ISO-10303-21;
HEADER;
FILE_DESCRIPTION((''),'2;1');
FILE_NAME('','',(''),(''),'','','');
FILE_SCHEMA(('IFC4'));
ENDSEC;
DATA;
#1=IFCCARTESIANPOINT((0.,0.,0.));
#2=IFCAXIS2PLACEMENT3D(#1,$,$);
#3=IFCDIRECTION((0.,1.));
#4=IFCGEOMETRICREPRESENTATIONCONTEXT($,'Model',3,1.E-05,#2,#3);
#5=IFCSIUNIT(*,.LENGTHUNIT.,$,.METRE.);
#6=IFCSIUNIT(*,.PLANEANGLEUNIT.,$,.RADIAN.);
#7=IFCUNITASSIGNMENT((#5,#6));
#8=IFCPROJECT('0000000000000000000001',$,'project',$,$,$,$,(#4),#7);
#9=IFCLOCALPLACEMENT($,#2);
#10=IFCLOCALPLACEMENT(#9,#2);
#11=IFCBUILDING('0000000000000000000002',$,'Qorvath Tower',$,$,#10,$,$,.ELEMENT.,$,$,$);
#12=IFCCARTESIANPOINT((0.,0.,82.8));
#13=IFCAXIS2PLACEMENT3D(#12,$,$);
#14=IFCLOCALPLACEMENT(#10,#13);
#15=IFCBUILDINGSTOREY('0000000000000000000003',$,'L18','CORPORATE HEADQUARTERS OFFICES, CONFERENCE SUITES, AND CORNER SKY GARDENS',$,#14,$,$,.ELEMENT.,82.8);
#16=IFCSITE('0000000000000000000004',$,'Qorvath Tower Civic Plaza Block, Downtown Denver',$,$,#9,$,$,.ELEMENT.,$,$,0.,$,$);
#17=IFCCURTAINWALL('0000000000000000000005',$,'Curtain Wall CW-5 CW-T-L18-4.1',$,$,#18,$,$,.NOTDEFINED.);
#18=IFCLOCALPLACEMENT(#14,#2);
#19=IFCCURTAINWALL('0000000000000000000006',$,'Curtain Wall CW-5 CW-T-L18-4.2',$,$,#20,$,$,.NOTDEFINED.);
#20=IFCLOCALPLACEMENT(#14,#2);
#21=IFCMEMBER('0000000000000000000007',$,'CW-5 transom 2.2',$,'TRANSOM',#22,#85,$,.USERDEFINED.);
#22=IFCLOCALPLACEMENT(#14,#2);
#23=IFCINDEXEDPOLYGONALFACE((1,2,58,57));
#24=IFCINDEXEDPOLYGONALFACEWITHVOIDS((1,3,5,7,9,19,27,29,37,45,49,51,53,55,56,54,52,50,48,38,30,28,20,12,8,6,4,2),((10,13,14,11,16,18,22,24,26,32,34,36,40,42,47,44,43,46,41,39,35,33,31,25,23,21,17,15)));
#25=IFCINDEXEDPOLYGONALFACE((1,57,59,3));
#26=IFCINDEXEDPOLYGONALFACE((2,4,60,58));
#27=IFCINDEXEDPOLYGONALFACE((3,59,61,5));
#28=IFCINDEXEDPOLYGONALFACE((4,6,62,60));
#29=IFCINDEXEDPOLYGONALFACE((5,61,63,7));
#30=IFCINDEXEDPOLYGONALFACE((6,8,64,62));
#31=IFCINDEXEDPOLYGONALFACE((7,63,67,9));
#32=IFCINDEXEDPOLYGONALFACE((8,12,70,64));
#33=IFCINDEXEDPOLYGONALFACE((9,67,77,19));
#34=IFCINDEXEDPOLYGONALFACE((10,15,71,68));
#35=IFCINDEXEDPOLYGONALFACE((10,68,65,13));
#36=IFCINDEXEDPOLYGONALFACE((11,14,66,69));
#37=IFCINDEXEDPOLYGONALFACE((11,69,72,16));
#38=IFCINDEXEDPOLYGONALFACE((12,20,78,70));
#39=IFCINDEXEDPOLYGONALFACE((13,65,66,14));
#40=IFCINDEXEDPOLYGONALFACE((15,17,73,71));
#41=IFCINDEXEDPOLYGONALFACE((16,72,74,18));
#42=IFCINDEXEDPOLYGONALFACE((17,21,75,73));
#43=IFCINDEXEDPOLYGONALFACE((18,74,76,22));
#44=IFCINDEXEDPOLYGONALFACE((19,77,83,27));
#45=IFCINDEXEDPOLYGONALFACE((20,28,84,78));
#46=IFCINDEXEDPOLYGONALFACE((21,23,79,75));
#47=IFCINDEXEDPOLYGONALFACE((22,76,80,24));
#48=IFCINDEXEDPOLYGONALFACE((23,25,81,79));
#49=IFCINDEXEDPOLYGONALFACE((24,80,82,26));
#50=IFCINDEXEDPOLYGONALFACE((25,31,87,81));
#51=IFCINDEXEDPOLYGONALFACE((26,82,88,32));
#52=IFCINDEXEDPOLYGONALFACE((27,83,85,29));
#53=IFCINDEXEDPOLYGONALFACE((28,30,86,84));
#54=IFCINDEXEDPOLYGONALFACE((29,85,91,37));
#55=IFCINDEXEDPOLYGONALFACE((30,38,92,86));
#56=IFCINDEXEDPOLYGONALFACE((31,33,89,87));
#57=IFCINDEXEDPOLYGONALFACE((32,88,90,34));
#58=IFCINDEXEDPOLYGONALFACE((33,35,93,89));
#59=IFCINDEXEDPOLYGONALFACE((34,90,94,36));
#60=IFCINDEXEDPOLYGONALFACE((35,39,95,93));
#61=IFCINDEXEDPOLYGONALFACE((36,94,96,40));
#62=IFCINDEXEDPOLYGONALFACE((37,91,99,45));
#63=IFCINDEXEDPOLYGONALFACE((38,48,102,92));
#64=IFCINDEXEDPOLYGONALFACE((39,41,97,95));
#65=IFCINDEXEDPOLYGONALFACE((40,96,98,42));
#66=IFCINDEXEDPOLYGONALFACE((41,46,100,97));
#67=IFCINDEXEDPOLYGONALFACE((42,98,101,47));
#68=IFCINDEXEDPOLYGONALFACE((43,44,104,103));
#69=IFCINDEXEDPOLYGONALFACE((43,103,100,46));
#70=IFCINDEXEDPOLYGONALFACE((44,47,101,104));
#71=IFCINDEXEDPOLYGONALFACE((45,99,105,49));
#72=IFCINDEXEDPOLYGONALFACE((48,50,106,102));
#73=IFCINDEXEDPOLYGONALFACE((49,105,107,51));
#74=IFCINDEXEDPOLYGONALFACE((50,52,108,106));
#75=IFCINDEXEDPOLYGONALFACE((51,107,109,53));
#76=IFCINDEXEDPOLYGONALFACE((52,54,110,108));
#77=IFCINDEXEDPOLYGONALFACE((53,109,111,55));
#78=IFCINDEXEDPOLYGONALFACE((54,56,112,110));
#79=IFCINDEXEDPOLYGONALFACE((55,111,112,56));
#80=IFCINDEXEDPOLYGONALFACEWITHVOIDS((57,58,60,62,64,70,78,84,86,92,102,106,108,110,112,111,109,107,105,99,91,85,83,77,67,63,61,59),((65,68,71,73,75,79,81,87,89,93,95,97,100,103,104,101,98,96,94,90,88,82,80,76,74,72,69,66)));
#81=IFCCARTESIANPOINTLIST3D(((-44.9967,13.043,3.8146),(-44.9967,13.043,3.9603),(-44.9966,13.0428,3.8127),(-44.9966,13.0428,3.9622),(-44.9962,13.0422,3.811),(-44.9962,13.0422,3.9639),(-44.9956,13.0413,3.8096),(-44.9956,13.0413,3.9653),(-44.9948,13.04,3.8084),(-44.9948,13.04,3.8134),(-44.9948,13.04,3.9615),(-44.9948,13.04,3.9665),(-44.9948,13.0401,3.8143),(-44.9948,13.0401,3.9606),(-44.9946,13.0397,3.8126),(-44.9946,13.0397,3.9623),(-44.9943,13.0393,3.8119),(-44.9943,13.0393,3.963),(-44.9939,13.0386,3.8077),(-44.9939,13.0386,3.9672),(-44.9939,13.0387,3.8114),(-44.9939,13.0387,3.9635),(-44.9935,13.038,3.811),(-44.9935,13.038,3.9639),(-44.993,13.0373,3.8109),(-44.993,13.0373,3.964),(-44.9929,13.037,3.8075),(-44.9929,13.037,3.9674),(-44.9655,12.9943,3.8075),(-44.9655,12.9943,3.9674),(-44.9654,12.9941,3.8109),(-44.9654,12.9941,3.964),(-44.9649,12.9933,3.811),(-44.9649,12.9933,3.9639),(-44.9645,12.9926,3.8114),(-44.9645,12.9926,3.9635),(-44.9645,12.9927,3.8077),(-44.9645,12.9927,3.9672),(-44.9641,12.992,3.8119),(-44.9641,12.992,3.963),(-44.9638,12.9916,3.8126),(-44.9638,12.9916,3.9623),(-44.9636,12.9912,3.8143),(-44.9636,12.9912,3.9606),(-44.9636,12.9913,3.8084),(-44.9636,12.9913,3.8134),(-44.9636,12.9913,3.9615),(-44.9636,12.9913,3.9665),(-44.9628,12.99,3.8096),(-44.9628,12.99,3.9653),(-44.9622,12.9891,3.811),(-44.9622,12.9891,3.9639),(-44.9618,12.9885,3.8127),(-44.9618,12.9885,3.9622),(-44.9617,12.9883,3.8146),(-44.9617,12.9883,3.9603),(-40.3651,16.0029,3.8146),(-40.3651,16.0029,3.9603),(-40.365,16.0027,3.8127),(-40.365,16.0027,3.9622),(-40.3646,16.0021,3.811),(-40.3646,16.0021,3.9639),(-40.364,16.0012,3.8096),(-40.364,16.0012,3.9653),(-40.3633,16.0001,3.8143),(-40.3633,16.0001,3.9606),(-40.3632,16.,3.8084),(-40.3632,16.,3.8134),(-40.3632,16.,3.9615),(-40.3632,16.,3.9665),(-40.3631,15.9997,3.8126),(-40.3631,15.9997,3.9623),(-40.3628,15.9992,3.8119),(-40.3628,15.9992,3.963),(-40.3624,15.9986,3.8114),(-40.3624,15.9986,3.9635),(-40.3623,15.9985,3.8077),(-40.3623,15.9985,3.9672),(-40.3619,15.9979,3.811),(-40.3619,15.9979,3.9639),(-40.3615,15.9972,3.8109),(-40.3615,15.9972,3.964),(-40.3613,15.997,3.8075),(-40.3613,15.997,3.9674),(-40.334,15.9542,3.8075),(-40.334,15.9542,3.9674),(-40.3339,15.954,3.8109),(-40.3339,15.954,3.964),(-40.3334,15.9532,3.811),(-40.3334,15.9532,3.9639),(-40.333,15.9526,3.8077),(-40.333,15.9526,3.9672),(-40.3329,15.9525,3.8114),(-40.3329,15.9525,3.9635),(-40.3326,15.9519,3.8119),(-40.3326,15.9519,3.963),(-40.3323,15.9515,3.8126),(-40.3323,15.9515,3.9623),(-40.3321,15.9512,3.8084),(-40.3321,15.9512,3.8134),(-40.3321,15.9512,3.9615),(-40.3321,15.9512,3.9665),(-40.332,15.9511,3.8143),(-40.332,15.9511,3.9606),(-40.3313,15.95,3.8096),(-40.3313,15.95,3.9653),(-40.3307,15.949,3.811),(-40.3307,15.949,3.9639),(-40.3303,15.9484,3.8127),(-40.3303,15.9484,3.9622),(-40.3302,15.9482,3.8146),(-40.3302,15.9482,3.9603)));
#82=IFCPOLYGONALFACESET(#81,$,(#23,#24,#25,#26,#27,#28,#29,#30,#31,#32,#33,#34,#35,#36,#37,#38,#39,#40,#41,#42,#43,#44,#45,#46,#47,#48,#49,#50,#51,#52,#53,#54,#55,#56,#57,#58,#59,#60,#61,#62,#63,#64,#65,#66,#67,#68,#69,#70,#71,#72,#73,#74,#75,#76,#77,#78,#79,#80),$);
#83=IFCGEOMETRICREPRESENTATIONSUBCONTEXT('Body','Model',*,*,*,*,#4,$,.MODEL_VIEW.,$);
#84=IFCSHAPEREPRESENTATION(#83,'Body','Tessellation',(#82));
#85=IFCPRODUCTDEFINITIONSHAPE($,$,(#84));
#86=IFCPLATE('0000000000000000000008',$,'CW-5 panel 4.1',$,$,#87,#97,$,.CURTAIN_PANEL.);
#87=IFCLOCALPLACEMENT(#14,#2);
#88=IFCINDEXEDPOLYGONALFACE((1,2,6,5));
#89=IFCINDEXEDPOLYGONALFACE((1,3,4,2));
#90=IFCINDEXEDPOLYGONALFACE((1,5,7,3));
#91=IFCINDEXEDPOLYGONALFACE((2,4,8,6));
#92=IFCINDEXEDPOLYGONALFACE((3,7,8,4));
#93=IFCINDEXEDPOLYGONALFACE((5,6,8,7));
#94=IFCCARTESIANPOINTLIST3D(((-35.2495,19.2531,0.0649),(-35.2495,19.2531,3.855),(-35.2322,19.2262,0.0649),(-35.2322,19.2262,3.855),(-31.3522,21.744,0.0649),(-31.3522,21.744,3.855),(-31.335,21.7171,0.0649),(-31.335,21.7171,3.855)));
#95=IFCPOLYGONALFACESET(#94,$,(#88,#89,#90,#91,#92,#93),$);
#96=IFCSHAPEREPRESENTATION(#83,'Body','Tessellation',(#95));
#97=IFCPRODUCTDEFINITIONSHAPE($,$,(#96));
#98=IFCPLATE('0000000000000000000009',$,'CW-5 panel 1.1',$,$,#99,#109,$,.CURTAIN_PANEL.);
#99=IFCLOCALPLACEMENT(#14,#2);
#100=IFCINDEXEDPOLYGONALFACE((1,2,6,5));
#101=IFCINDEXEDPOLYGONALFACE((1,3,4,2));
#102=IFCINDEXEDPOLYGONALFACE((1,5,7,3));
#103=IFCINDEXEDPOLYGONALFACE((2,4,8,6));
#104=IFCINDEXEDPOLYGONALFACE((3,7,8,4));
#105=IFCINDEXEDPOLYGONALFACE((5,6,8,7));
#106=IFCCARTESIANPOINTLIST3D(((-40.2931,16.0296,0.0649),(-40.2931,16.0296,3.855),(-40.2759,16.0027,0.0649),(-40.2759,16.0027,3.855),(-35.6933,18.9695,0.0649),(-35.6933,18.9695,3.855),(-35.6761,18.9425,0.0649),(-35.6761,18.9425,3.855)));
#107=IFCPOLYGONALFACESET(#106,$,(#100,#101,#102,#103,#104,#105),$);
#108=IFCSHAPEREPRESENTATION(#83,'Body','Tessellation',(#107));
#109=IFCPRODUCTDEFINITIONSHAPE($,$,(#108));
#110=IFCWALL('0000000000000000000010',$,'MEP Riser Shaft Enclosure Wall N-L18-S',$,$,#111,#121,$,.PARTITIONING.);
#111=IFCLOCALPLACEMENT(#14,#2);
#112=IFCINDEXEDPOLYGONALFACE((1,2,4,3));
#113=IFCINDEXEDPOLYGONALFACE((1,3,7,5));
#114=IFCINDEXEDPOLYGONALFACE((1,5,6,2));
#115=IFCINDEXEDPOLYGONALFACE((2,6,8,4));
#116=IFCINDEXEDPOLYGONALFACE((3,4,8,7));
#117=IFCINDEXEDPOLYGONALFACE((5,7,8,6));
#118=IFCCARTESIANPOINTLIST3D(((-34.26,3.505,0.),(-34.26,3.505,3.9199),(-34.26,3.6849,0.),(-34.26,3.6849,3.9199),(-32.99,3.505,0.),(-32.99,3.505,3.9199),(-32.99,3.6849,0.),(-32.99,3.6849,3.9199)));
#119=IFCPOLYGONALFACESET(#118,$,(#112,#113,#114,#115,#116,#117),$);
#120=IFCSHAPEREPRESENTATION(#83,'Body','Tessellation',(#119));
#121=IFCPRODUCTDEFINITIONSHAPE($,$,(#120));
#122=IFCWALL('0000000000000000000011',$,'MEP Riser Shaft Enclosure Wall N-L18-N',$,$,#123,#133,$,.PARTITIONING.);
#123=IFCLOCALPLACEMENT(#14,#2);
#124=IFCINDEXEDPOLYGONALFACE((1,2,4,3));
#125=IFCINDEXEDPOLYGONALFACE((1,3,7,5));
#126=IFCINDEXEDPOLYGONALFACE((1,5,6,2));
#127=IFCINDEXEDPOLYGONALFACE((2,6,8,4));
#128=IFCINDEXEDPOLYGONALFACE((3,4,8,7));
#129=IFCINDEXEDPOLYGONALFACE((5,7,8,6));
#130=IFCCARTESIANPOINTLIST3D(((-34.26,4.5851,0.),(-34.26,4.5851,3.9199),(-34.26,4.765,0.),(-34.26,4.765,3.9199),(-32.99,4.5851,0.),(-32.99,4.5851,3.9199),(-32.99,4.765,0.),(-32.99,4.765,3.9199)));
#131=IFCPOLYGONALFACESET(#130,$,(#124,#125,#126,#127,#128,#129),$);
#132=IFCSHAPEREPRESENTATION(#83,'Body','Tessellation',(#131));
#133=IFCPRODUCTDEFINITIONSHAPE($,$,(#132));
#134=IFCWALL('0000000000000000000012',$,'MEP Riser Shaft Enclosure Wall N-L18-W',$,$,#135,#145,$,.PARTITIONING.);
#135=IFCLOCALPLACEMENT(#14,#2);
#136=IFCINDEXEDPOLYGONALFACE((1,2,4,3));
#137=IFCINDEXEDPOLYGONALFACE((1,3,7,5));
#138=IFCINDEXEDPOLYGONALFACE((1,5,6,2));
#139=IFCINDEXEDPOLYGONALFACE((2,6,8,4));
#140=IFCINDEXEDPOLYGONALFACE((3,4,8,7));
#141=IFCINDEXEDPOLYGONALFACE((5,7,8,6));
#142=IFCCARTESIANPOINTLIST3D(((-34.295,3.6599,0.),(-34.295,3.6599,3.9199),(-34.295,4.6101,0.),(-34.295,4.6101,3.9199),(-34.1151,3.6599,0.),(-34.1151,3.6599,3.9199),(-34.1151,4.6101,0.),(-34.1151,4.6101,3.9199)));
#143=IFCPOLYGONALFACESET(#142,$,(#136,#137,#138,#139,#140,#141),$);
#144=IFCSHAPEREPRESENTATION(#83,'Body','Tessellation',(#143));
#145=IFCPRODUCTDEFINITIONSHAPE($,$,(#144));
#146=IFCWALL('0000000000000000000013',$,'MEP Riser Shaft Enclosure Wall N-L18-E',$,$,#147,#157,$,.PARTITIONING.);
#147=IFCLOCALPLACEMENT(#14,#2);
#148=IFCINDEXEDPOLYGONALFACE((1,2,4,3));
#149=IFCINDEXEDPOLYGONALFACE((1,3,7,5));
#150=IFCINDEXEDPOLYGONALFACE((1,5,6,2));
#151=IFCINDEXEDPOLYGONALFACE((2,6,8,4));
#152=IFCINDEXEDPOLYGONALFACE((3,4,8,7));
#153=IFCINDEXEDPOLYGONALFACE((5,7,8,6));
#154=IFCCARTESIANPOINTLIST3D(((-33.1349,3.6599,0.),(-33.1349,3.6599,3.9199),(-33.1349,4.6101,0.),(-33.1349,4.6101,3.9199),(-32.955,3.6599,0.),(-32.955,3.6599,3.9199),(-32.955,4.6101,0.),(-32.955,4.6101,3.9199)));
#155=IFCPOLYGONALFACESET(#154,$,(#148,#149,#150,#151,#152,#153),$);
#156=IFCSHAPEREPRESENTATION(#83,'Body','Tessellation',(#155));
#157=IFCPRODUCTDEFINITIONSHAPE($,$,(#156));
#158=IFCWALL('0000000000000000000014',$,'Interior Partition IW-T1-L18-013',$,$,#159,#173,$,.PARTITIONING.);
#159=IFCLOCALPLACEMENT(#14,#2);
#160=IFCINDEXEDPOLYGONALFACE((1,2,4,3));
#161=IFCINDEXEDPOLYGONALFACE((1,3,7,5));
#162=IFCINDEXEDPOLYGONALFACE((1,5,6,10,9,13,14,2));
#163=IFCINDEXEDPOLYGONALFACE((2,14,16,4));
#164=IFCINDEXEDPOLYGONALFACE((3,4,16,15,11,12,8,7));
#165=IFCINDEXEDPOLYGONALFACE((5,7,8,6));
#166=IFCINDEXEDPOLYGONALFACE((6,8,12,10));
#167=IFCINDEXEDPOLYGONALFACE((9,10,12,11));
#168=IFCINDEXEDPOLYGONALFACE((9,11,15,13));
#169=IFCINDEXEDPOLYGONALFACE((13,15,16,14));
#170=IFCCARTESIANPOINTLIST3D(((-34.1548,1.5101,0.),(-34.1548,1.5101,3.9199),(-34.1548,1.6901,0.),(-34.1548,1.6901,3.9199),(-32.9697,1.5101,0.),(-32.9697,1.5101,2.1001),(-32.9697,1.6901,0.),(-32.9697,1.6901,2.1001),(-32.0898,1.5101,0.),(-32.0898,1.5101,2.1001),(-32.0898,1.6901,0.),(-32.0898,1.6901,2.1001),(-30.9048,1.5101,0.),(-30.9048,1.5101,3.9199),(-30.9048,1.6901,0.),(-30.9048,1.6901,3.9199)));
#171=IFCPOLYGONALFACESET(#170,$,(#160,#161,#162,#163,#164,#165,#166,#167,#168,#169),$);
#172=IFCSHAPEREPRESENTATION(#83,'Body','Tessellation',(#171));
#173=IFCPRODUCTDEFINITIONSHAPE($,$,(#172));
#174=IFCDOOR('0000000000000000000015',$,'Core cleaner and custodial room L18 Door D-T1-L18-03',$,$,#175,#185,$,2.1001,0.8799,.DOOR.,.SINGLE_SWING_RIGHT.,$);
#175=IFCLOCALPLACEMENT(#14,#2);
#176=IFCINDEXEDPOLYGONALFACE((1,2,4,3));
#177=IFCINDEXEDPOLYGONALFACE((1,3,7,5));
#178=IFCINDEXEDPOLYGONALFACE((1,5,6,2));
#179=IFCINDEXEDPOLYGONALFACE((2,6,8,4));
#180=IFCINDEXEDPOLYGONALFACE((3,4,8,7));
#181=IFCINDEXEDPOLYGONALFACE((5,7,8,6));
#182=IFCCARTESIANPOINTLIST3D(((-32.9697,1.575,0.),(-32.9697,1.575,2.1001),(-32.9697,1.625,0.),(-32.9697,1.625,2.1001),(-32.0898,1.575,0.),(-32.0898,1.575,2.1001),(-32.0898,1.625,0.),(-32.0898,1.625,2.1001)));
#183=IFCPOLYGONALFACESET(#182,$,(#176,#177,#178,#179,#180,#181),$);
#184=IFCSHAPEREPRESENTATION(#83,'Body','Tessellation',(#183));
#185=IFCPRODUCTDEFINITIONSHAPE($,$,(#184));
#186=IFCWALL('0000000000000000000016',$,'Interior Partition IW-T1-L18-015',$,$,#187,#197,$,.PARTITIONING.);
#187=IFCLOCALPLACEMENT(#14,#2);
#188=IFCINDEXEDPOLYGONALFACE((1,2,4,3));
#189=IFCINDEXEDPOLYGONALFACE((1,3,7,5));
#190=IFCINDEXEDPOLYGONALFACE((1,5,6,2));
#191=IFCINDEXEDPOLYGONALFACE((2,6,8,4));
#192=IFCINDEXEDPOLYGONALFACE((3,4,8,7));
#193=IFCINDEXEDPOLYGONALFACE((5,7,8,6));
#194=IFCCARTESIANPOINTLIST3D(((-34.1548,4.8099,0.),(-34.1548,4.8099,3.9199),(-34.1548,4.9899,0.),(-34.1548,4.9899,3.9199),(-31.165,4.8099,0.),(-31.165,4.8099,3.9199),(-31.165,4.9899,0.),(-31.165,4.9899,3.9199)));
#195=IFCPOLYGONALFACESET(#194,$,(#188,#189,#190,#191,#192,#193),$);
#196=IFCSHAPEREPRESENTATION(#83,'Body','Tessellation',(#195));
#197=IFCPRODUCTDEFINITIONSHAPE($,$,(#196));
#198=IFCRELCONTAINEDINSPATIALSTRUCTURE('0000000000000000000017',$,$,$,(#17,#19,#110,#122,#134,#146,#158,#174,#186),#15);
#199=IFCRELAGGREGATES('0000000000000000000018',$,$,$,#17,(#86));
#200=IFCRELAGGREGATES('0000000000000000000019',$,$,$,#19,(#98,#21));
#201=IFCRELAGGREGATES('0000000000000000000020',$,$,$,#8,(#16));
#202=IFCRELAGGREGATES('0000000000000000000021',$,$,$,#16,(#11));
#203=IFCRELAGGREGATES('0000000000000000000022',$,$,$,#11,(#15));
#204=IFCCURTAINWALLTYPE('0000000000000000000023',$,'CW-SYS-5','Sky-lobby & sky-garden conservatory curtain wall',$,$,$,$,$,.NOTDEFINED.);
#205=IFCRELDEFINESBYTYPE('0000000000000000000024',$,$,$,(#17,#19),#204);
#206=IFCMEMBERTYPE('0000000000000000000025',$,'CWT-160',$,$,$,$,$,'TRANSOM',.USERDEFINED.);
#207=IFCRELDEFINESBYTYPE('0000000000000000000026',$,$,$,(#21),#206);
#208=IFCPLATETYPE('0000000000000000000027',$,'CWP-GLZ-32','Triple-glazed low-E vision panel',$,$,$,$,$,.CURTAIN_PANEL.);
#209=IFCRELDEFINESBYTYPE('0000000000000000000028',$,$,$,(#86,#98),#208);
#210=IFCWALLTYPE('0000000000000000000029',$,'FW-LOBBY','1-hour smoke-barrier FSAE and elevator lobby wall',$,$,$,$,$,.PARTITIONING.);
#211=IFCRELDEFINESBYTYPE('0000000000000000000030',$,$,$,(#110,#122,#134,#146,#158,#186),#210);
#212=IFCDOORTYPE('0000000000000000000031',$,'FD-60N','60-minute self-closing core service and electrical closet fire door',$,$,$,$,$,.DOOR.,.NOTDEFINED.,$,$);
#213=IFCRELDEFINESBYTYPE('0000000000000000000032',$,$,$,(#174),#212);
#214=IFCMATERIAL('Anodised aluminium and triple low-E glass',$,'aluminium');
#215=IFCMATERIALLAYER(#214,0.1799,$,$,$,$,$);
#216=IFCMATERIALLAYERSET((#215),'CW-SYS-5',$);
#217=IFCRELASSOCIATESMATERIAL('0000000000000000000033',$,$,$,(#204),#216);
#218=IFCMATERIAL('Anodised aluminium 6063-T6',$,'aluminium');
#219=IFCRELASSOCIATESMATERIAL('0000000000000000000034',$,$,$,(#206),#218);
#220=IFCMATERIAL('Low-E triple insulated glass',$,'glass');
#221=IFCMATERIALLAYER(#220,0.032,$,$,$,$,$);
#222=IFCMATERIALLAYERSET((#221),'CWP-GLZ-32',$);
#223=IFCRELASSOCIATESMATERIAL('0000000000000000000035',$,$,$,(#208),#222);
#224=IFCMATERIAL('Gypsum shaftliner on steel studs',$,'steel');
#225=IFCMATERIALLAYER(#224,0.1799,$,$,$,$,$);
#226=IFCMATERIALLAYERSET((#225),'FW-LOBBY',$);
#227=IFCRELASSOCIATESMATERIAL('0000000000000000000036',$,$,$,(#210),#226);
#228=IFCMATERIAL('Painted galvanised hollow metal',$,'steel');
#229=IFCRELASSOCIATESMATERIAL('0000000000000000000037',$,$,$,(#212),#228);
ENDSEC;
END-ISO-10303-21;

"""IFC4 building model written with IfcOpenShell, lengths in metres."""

from ifc_helpers import new_model, si_unit, direction, frame, frame_2d, origin, origin_2d, place, context, subcontext, project, spatial, rectangle, hollow_rectangle, extrude, material, layer, layer_set, material_profile, profile_set, type_object, element, fill, aggregate, save


model = new_model("IFC4")

# Units and contexts
model_context = context("Model", 3, precision=1e-05, world=origin(), true_north=direction((0.0, 1.0)))
body_context = subcontext(model_context, "Body", "Model", "MODEL_VIEW")
ifc_project = project(units=[si_unit("LENGTHUNIT", "METRE"), si_unit("PLANEANGLEUNIT", "RADIAN")], contexts=[model_context])

# Site, building, storey
site_placement = place(None, origin())
site = spatial("IfcSite", under=ifc_project, at=site_placement, Name="Qorvath Tower Civic Plaza Block, Downtown Denver", CompositionType="ELEMENT", RefElevation=0.0)
building_placement = place(site_placement, origin())
building = spatial("IfcBuilding", under=site, at=building_placement, Name="Qorvath Tower", CompositionType="ELEMENT")
storey_placement = place(building_placement, frame((0.0, 0.0, 82.8)))
storey = spatial("IfcBuildingStorey", under=building, at=storey_placement, Name="L18", Description="CORPORATE HEADQUARTERS OFFICES, CONFERENCE SUITES, AND CORNER SKY GARDENS", CompositionType="ELEMENT", Elevation=82.8)

# Curtain walls
ifc_material_1 = material(Name="Anodised aluminium and triple low-E glass", Category="aluminium")
ifc_layer_1 = layer(ifc_material_1, 0.1799)
ifc_layer_set_1 = layer_set([ifc_layer_1], Name="CW-SYS-5")
curtain_wall_type = type_object("IfcCurtainWallType", Name="CW-SYS-5", Description="Sky-lobby & sky-garden conservatory curtain wall", PredefinedType="NOTDEFINED", material=ifc_layer_set_1)
curtain_wall_1_placement = place(storey_placement, origin())
curtain_wall_1 = element("IfcCurtainWall", 1, at=curtain_wall_1_placement, inside=storey, type_object=curtain_wall_type, Name="Curtain Wall CW-5 CW-T-L18-4.1", PredefinedType="NOTDEFINED")
curtain_wall_2_placement = place(storey_placement, origin())
curtain_wall_2 = element("IfcCurtainWall", 2, at=curtain_wall_2_placement, inside=storey, type_object=curtain_wall_type, Name="Curtain Wall CW-5 CW-T-L18-4.2", PredefinedType="NOTDEFINED")

# Member
ifc_material_2 = material(Name="Anodised aluminium 6063-T6", Category="aluminium")
ifc_material_profile_1 = material_profile(ifc_material_2, hollow_rectangle(XDim=0.0649, YDim=0.1599, WallThickness=0.0034, InnerFilletRadius=0.0034, OuterFilletRadius=0.0071, at=origin_2d()), Name="CWT 160x65")
ifc_profile_set_1 = profile_set([ifc_material_profile_1], Name="Anodised aluminium 6063-T6")
member_type_1 = type_object("IfcMemberType", Name="CWT-160", ElementType="TRANSOM", PredefinedType="USERDEFINED", material=ifc_profile_set_1)
member_1_placement = place(storey_placement, frame((-40.3477, 15.9756, 3.8875), z_axis=(-0.842623, -0.538504, 0.0), x_axis=(0.538504, -0.842623, 0.0)))
member_1 = element("IfcMember", 3, at=member_1_placement, type_object=member_type_1, Name="CW-5 transom 2.2", ObjectType="TRANSOM", PredefinedType="USERDEFINED", context=body_context, shape_type="SweptSolid", body=[
    extrude(hollow_rectangle(XDim=0.0649, YDim=0.1599, WallThickness=0.0034, InnerFilletRadius=0.0034, OuterFilletRadius=0.0071, at=origin_2d()), origin(), (0.0, 0.0, 1.0), 5.4966),
])

# Plates
ifc_material_3 = material(Name="Low-E triple insulated glass", Category="glass")
ifc_layer_2 = layer(ifc_material_3, 0.032)
ifc_layer_set_2 = layer_set([ifc_layer_2], Name="CWP-GLZ-32")
plate_type = type_object("IfcPlateType", Name="CWP-GLZ-32", Description="Triple-glazed low-E vision panel", PredefinedType="CURTAIN_PANEL", material=ifc_layer_set_2)
plate_1_placement = place(storey_placement, frame((-33.2922, 20.4851, 0.0649), z_axis=(0.0, 0.0, 1.0), x_axis=(-0.842601, -0.538538, 0.0)))
plate_1 = element("IfcPlate", 4, at=plate_1_placement, type_object=plate_type, Name="CW-5 panel 4.1", PredefinedType="CURTAIN_PANEL", context=body_context, shape_type="SweptSolid", body=[
    extrude(rectangle(XDim=4.6252, YDim=0.032, at=origin_2d()), origin(), (0.0, 0.0, 1.0), 3.79),
])
aggregate(curtain_wall_1, [plate_1])
plate_2_placement = place(storey_placement, frame((-37.9846, 17.4861, 0.0649), z_axis=(0.0, 0.0, 1.0), x_axis=(-0.842605, -0.538533, 0.0)))
plate_2 = element("IfcPlate", 5, at=plate_2_placement, type_object=plate_type, Name="CW-5 panel 1.1", PredefinedType="CURTAIN_PANEL", context=body_context, shape_type="SweptSolid", body=[
    extrude(rectangle(XDim=5.459, YDim=0.032, at=origin_2d()), origin(), (0.0, 0.0, 1.0), 3.79),
])
aggregate(curtain_wall_2, [plate_2, member_1])

# Walls
ifc_material_4 = material(Name="Gypsum shaftliner on steel studs", Category="steel")
ifc_layer_3 = layer(ifc_material_4, 0.1799)
ifc_layer_set_3 = layer_set([ifc_layer_3], Name="FW-LOBBY")
wall_type_1 = type_object("IfcWallType", Name="FW-LOBBY", Description="1-hour smoke-barrier FSAE and elevator lobby wall", PredefinedType="PARTITIONING", material=ifc_layer_set_3)
for number, where, z_axis, x_axis, name in (
    (6, (-32.99, 3.595, 0.0), (0.0, 0.0, 1.0), (-1.0, 0.0, 0.0), "MEP Riser Shaft Enclosure Wall N-L18-S"),
    (7, (-34.26, 4.675, 0.0), (0.0, 0.0, 1.0), (1.0, 0.0, 0.0), "MEP Riser Shaft Enclosure Wall N-L18-N"),
):
    element("IfcWall", number, at=place(storey_placement, frame(where, z_axis=z_axis, x_axis=x_axis)), inside=storey, type_object=wall_type_1, Name=name, PredefinedType="PARTITIONING", context=body_context, shape_type="SweptSolid", body=[
        extrude(rectangle(XDim=1.27, YDim=0.1799, at=frame_2d((0.635, 0.0))), origin(), (0.0, 0.0, 1.0), 3.9199),
    ])
for number, where, z_axis, x_axis, name in (
    (8, (-34.2051, 3.6599, 0.0), (0.0, 0.0, 1.0), (0.0, 1.0, 0.0), "MEP Riser Shaft Enclosure Wall N-L18-W"),
    (9, (-33.0449, 4.6101, 0.0), (0.0, 0.0, 1.0), (0.0, -1.0, 0.0), "MEP Riser Shaft Enclosure Wall N-L18-E"),
):
    element("IfcWall", number, at=place(storey_placement, frame(where, z_axis=z_axis, x_axis=x_axis)), inside=storey, type_object=wall_type_1, Name=name, PredefinedType="PARTITIONING", context=body_context, shape_type="SweptSolid", body=[
        extrude(rectangle(XDim=0.9502, YDim=0.1799, at=frame_2d((0.4751, 0.0))), origin(), (0.0, 0.0, 1.0), 3.9199),
    ])

# Wall, opening, door
wall_1_placement = place(storey_placement, frame((-34.1548, 1.6001, 0.0), z_axis=(0.0, 0.0, 1.0), x_axis=(1.0, 0.0, 0.0)))
wall_1 = element("IfcWall", 10, at=wall_1_placement, inside=storey, type_object=wall_type_1, Name="Interior Partition IW-T1-L18-013", PredefinedType="PARTITIONING", context=body_context, shape_type="SweptSolid", body=[
    extrude(rectangle(XDim=3.25, YDim=0.1799, at=frame_2d((1.625, 0.0))), origin(), (0.0, 0.0, 1.0), 3.9199),
])
opening_1_placement = place(wall_1_placement, frame((1.1851, 0.0, 0.0)))
opening_1 = element("IfcOpeningElement", 11, at=opening_1_placement, cuts=wall_1, PredefinedType="OPENING", context=body_context, shape_type="SweptSolid", body=[
    extrude(rectangle(XDim=0.8799, YDim=2.1001, at=frame_2d((0.4399, 1.05))), frame((0.0, 0.1001, 0.0), z_axis=(0.0, -1.0, 0.0), x_axis=(1.0, 0.0, 0.0)), (0.0, 0.0, 1.0), 0.2),
])
ifc_material_5 = material(Name="Painted galvanised hollow metal", Category="steel")
door_type_1 = type_object("IfcDoorType", Name="FD-60N", Description="60-minute self-closing core service and electrical closet fire door", OperationType="NOTDEFINED", PredefinedType="DOOR", material=ifc_material_5)
door_1_placement = place(opening_1_placement, origin())
door_1 = element("IfcDoor", 12, at=door_1_placement, inside=storey, type_object=door_type_1, Name="Core cleaner and custodial room L18 Door D-T1-L18-03", OperationType="SINGLE_SWING_RIGHT", OverallHeight=2.1001, OverallWidth=0.8799, PredefinedType="DOOR", context=body_context, shape_type="SweptSolid", body=[
    extrude(rectangle(XDim=0.8799, YDim=2.1001, at=frame_2d((0.4399, 1.05))), frame((0.0, 0.0249, 0.0), z_axis=(0.0, -1.0, 0.0), x_axis=(1.0, 0.0, 0.0)), (0.0, 0.0, 1.0), 0.05),
])
fill(opening_1, door_1)

# Wall
wall_2_placement = place(storey_placement, frame((-31.165, 4.8999, 0.0), z_axis=(0.0, 0.0, 1.0), x_axis=(-1.0, 0.0, 0.0)))
element("IfcWall", 13, at=wall_2_placement, inside=storey, type_object=wall_type_1, Name="Interior Partition IW-T1-L18-015", PredefinedType="PARTITIONING", context=body_context, shape_type="SweptSolid", body=[
    extrude(rectangle(XDim=2.9897, YDim=0.1799, at=frame_2d((1.4949, 0.0))), origin(), (0.0, 0.0, 1.0), 3.9199),
])

save(model, "model.ifc")
